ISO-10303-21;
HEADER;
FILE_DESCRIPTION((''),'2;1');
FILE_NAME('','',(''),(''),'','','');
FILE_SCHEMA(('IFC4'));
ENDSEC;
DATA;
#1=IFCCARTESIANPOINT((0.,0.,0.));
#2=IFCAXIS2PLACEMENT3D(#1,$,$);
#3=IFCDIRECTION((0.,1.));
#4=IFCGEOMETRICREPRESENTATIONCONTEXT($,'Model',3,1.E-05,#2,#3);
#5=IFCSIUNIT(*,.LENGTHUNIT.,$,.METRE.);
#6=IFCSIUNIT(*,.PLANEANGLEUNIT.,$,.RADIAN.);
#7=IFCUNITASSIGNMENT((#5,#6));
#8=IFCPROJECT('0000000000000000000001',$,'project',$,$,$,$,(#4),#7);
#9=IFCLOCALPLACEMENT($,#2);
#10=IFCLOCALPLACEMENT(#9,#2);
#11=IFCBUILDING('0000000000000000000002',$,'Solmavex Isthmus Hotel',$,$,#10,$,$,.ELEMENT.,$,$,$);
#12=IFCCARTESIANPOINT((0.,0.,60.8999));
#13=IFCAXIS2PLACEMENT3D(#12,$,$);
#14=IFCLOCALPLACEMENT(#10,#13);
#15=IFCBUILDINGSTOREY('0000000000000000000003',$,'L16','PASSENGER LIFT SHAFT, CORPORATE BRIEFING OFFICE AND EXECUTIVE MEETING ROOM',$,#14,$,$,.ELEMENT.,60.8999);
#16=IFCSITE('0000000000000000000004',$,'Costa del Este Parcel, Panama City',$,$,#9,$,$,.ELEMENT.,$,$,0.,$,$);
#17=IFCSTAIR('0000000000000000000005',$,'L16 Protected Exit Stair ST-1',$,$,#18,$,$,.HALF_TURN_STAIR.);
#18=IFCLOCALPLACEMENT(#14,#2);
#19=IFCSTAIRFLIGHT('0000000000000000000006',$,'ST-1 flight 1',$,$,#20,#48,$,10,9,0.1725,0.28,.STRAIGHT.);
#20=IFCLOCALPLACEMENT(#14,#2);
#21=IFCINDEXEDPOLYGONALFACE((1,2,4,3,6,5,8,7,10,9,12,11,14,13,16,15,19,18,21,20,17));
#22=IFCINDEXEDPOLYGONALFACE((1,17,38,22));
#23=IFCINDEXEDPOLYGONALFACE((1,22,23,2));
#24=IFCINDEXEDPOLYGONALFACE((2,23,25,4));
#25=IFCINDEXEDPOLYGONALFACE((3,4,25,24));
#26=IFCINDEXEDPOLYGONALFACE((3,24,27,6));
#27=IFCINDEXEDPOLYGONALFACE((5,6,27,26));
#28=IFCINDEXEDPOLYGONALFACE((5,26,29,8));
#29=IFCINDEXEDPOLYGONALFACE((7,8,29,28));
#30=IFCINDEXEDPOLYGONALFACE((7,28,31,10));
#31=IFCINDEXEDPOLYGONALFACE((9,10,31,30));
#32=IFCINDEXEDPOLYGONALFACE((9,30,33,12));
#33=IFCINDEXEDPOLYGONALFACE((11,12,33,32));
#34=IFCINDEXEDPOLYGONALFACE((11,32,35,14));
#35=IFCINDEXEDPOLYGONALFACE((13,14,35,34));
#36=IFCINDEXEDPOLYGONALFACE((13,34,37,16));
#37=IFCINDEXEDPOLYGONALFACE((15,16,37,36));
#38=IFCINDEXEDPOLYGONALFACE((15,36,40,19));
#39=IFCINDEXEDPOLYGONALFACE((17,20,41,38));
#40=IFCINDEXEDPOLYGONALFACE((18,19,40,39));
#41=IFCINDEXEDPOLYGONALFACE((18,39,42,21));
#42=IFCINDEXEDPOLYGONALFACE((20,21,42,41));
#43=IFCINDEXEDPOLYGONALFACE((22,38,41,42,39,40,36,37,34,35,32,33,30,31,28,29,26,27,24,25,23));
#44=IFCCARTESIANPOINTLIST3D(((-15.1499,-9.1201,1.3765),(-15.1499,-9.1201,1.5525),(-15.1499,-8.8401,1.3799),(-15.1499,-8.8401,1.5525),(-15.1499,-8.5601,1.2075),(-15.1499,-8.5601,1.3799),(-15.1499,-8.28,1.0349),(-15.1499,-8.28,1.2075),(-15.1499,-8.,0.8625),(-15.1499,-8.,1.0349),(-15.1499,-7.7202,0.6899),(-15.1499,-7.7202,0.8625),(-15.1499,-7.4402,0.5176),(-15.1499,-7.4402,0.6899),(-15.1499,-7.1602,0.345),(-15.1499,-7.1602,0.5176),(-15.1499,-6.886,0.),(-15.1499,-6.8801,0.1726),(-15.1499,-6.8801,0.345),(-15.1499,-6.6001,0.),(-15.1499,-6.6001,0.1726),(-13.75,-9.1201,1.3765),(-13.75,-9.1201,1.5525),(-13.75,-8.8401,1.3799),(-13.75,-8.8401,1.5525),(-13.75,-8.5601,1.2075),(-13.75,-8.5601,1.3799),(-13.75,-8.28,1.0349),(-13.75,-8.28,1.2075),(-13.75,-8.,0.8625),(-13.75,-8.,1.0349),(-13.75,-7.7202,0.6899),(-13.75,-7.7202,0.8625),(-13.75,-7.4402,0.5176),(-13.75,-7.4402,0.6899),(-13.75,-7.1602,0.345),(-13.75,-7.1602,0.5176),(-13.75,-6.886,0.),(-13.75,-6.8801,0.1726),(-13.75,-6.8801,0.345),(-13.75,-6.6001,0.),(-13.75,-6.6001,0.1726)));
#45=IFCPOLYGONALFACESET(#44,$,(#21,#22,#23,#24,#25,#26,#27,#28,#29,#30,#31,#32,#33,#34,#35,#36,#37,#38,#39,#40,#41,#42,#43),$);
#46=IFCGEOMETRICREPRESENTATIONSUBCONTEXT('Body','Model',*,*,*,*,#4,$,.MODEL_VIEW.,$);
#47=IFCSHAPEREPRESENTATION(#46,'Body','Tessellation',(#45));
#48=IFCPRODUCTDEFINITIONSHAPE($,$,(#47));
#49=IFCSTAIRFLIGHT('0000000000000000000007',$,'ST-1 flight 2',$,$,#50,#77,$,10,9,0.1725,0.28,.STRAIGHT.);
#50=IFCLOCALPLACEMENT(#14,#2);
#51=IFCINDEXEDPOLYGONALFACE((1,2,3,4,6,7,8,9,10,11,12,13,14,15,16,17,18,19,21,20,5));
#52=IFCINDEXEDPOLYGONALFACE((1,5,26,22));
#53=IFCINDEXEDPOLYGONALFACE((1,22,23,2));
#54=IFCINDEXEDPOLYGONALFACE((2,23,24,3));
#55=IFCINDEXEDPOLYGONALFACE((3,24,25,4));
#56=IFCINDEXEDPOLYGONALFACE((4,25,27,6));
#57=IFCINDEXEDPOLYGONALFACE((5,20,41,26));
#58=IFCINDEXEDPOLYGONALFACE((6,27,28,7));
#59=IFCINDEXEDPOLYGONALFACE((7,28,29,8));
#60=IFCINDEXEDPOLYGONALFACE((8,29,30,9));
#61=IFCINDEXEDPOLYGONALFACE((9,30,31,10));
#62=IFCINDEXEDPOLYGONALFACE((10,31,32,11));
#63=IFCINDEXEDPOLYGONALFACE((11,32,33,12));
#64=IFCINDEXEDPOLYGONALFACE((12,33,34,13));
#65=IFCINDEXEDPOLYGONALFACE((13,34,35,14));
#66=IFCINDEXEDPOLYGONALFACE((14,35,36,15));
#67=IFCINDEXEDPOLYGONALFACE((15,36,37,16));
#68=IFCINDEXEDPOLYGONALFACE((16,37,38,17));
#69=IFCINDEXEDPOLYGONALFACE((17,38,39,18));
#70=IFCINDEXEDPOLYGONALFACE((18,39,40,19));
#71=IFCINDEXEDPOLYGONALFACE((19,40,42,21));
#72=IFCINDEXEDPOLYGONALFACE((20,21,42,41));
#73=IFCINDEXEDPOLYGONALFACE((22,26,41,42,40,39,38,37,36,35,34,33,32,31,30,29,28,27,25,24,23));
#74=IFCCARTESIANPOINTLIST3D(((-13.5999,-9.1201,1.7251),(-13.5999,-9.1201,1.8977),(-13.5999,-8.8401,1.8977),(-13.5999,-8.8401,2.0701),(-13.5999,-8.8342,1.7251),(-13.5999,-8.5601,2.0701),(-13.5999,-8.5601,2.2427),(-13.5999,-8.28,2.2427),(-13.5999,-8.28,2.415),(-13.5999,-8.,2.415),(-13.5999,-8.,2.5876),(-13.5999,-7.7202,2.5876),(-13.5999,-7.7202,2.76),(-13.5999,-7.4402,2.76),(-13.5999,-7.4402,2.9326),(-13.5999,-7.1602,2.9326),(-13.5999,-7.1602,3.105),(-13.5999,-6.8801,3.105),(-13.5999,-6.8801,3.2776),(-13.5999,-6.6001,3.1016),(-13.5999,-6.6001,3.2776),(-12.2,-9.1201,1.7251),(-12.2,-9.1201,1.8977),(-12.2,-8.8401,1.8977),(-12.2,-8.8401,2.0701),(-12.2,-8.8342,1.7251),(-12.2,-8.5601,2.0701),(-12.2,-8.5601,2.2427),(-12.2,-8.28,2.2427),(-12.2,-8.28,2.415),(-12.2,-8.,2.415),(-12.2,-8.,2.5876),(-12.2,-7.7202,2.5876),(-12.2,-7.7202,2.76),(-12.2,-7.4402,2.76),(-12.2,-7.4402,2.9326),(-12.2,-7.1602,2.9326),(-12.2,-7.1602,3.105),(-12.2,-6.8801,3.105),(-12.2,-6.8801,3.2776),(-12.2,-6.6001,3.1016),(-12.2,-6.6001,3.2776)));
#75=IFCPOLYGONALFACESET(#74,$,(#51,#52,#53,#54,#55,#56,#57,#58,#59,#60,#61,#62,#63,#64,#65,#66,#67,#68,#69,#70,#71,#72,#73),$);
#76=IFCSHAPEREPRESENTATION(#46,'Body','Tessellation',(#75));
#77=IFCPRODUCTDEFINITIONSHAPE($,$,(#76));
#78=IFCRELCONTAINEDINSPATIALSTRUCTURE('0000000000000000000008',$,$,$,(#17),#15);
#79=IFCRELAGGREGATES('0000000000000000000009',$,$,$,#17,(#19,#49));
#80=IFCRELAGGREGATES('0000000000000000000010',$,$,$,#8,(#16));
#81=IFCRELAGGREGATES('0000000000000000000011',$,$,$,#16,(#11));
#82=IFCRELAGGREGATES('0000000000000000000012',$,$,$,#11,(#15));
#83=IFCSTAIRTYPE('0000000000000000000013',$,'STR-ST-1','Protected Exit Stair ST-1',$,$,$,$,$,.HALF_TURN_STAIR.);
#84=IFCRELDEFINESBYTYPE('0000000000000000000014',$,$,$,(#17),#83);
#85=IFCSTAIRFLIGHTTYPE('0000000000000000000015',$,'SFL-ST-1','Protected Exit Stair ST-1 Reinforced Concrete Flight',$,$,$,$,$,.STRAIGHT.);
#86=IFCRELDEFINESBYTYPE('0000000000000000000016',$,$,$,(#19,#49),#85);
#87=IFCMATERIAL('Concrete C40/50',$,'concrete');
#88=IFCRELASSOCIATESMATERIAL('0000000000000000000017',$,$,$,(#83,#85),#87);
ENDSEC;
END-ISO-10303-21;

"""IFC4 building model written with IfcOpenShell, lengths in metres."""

from ifc_helpers import new_model, si_unit, direction, frame, origin, place, context, subcontext, project, spatial, polyline, outline, extrude, material, type_object, element, aggregate, save


model = new_model("IFC4")

# Units and contexts
model_context = context("Model", 3, precision=1e-05, world=origin(), true_north=direction((0.0, 1.0)))
body_context = subcontext(model_context, "Body", "Model", "MODEL_VIEW")
ifc_project = project(units=[si_unit("LENGTHUNIT", "METRE"), si_unit("PLANEANGLEUNIT", "RADIAN")], contexts=[model_context])

# Site, building, storey
site_placement = place(None, origin())
site = spatial("IfcSite", under=ifc_project, at=site_placement, Name="Costa del Este Parcel, Panama City", CompositionType="ELEMENT", RefElevation=0.0)
building_placement = place(site_placement, origin())
building = spatial("IfcBuilding", under=site, at=building_placement, Name="Solmavex Isthmus Hotel", CompositionType="ELEMENT")
storey_placement = place(building_placement, frame((0.0, 0.0, 60.8999)))
storey = spatial("IfcBuildingStorey", under=building, at=storey_placement, Name="L16", Description="PASSENGER LIFT SHAFT, CORPORATE BRIEFING OFFICE AND EXECUTIVE MEETING ROOM", CompositionType="ELEMENT", Elevation=60.8999)

# Shared definitions
ifc_material_1 = material(Name="Concrete C40/50", Category="concrete")

# Stair, stair flights
stair_type = type_object("IfcStairType", Name="STR-ST-1", Description="Protected Exit Stair ST-1", PredefinedType="HALF_TURN_STAIR", material=ifc_material_1)
stair_placement = place(storey_placement, origin())
stair = element("IfcStair", 1, at=stair_placement, inside=storey, type_object=stair_type, Name="L16 Protected Exit Stair ST-1", PredefinedType="HALF_TURN_STAIR")
stair_flight_type = type_object("IfcStairFlightType", Name="SFL-ST-1", Description="Protected Exit Stair ST-1 Reinforced Concrete Flight", PredefinedType="STRAIGHT", material=ifc_material_1)
stair_flight_1_placement = place(storey_placement, frame((-14.45, -6.6001, 0.0), z_axis=(0.0, 0.0, 1.0), x_axis=(0.0, -1.0, 0.0)))
stair_flight_1 = element("IfcStairFlight", 2, at=stair_flight_1_placement, type_object=stair_flight_type, Name="ST-1 flight 1", NumberOfRisers=10, NumberOfTreads=9, PredefinedType="STRAIGHT", RiserHeight=0.1725, TreadLength=0.28, context=body_context, shape_type="SweptSolid", body=[
    extrude(outline(polyline([(0.0, 0.0), (0.0, 0.1726), (0.28, 0.1726), (0.28, 0.345), (0.5601, 0.345), (0.5601, 0.5176), (0.8401, 0.5176), (0.8401, 0.6899), (1.1201, 0.6899), (1.1201, 0.8625), (1.3999, 0.8625), (1.3999, 1.0349), (1.6799, 1.0349), (1.6799, 1.2075), (1.96, 1.2075), (1.96, 1.3799), (2.24, 1.3799), (2.24, 1.5525), (2.52, 1.5525), (2.52, 1.7251), (2.52, 1.3765), (0.2859, 0.0), (0.0, 0.0)])), frame((0.0, 0.7, 0.0), z_axis=(0.0, -1.0, 0.0), x_axis=(1.0, 0.0, 0.0)), (0.0, 0.0, 1.0), 1.3999),
])
stair_flight_2_placement = place(storey_placement, frame((-12.8999, -9.1201, 1.7251), z_axis=(0.0, 0.0, 1.0), x_axis=(0.0, 1.0, 0.0)))
stair_flight_2 = element("IfcStairFlight", 3, at=stair_flight_2_placement, type_object=stair_flight_type, Name="ST-1 flight 2", NumberOfRisers=10, NumberOfTreads=9, PredefinedType="STRAIGHT", RiserHeight=0.1725, TreadLength=0.28, context=body_context, shape_type="SweptSolid", body=[
    extrude(outline(polyline([(0.0, 0.0), (0.0, 0.1726), (0.28, 0.1726), (0.28, 0.345), (0.5601, 0.345), (0.5601, 0.5176), (0.8401, 0.5176), (0.8401, 0.6899), (1.1201, 0.6899), (1.1201, 0.8625), (1.3999, 0.8625), (1.3999, 1.0349), (1.6799, 1.0349), (1.6799, 1.2075), (1.96, 1.2075), (1.96, 1.3799), (2.24, 1.3799), (2.24, 1.5525), (2.52, 1.5525), (2.52, 1.7251), (2.52, 1.3765), (0.2859, 0.0), (0.0, 0.0)])), frame((0.0, 0.7, 0.0), z_axis=(0.0, -1.0, 0.0), x_axis=(1.0, 0.0, 0.0)), (0.0, 0.0, 1.0), 1.3999),
])
aggregate(stair, [stair_flight_1, stair_flight_2])

save(model, "model.ifc")
